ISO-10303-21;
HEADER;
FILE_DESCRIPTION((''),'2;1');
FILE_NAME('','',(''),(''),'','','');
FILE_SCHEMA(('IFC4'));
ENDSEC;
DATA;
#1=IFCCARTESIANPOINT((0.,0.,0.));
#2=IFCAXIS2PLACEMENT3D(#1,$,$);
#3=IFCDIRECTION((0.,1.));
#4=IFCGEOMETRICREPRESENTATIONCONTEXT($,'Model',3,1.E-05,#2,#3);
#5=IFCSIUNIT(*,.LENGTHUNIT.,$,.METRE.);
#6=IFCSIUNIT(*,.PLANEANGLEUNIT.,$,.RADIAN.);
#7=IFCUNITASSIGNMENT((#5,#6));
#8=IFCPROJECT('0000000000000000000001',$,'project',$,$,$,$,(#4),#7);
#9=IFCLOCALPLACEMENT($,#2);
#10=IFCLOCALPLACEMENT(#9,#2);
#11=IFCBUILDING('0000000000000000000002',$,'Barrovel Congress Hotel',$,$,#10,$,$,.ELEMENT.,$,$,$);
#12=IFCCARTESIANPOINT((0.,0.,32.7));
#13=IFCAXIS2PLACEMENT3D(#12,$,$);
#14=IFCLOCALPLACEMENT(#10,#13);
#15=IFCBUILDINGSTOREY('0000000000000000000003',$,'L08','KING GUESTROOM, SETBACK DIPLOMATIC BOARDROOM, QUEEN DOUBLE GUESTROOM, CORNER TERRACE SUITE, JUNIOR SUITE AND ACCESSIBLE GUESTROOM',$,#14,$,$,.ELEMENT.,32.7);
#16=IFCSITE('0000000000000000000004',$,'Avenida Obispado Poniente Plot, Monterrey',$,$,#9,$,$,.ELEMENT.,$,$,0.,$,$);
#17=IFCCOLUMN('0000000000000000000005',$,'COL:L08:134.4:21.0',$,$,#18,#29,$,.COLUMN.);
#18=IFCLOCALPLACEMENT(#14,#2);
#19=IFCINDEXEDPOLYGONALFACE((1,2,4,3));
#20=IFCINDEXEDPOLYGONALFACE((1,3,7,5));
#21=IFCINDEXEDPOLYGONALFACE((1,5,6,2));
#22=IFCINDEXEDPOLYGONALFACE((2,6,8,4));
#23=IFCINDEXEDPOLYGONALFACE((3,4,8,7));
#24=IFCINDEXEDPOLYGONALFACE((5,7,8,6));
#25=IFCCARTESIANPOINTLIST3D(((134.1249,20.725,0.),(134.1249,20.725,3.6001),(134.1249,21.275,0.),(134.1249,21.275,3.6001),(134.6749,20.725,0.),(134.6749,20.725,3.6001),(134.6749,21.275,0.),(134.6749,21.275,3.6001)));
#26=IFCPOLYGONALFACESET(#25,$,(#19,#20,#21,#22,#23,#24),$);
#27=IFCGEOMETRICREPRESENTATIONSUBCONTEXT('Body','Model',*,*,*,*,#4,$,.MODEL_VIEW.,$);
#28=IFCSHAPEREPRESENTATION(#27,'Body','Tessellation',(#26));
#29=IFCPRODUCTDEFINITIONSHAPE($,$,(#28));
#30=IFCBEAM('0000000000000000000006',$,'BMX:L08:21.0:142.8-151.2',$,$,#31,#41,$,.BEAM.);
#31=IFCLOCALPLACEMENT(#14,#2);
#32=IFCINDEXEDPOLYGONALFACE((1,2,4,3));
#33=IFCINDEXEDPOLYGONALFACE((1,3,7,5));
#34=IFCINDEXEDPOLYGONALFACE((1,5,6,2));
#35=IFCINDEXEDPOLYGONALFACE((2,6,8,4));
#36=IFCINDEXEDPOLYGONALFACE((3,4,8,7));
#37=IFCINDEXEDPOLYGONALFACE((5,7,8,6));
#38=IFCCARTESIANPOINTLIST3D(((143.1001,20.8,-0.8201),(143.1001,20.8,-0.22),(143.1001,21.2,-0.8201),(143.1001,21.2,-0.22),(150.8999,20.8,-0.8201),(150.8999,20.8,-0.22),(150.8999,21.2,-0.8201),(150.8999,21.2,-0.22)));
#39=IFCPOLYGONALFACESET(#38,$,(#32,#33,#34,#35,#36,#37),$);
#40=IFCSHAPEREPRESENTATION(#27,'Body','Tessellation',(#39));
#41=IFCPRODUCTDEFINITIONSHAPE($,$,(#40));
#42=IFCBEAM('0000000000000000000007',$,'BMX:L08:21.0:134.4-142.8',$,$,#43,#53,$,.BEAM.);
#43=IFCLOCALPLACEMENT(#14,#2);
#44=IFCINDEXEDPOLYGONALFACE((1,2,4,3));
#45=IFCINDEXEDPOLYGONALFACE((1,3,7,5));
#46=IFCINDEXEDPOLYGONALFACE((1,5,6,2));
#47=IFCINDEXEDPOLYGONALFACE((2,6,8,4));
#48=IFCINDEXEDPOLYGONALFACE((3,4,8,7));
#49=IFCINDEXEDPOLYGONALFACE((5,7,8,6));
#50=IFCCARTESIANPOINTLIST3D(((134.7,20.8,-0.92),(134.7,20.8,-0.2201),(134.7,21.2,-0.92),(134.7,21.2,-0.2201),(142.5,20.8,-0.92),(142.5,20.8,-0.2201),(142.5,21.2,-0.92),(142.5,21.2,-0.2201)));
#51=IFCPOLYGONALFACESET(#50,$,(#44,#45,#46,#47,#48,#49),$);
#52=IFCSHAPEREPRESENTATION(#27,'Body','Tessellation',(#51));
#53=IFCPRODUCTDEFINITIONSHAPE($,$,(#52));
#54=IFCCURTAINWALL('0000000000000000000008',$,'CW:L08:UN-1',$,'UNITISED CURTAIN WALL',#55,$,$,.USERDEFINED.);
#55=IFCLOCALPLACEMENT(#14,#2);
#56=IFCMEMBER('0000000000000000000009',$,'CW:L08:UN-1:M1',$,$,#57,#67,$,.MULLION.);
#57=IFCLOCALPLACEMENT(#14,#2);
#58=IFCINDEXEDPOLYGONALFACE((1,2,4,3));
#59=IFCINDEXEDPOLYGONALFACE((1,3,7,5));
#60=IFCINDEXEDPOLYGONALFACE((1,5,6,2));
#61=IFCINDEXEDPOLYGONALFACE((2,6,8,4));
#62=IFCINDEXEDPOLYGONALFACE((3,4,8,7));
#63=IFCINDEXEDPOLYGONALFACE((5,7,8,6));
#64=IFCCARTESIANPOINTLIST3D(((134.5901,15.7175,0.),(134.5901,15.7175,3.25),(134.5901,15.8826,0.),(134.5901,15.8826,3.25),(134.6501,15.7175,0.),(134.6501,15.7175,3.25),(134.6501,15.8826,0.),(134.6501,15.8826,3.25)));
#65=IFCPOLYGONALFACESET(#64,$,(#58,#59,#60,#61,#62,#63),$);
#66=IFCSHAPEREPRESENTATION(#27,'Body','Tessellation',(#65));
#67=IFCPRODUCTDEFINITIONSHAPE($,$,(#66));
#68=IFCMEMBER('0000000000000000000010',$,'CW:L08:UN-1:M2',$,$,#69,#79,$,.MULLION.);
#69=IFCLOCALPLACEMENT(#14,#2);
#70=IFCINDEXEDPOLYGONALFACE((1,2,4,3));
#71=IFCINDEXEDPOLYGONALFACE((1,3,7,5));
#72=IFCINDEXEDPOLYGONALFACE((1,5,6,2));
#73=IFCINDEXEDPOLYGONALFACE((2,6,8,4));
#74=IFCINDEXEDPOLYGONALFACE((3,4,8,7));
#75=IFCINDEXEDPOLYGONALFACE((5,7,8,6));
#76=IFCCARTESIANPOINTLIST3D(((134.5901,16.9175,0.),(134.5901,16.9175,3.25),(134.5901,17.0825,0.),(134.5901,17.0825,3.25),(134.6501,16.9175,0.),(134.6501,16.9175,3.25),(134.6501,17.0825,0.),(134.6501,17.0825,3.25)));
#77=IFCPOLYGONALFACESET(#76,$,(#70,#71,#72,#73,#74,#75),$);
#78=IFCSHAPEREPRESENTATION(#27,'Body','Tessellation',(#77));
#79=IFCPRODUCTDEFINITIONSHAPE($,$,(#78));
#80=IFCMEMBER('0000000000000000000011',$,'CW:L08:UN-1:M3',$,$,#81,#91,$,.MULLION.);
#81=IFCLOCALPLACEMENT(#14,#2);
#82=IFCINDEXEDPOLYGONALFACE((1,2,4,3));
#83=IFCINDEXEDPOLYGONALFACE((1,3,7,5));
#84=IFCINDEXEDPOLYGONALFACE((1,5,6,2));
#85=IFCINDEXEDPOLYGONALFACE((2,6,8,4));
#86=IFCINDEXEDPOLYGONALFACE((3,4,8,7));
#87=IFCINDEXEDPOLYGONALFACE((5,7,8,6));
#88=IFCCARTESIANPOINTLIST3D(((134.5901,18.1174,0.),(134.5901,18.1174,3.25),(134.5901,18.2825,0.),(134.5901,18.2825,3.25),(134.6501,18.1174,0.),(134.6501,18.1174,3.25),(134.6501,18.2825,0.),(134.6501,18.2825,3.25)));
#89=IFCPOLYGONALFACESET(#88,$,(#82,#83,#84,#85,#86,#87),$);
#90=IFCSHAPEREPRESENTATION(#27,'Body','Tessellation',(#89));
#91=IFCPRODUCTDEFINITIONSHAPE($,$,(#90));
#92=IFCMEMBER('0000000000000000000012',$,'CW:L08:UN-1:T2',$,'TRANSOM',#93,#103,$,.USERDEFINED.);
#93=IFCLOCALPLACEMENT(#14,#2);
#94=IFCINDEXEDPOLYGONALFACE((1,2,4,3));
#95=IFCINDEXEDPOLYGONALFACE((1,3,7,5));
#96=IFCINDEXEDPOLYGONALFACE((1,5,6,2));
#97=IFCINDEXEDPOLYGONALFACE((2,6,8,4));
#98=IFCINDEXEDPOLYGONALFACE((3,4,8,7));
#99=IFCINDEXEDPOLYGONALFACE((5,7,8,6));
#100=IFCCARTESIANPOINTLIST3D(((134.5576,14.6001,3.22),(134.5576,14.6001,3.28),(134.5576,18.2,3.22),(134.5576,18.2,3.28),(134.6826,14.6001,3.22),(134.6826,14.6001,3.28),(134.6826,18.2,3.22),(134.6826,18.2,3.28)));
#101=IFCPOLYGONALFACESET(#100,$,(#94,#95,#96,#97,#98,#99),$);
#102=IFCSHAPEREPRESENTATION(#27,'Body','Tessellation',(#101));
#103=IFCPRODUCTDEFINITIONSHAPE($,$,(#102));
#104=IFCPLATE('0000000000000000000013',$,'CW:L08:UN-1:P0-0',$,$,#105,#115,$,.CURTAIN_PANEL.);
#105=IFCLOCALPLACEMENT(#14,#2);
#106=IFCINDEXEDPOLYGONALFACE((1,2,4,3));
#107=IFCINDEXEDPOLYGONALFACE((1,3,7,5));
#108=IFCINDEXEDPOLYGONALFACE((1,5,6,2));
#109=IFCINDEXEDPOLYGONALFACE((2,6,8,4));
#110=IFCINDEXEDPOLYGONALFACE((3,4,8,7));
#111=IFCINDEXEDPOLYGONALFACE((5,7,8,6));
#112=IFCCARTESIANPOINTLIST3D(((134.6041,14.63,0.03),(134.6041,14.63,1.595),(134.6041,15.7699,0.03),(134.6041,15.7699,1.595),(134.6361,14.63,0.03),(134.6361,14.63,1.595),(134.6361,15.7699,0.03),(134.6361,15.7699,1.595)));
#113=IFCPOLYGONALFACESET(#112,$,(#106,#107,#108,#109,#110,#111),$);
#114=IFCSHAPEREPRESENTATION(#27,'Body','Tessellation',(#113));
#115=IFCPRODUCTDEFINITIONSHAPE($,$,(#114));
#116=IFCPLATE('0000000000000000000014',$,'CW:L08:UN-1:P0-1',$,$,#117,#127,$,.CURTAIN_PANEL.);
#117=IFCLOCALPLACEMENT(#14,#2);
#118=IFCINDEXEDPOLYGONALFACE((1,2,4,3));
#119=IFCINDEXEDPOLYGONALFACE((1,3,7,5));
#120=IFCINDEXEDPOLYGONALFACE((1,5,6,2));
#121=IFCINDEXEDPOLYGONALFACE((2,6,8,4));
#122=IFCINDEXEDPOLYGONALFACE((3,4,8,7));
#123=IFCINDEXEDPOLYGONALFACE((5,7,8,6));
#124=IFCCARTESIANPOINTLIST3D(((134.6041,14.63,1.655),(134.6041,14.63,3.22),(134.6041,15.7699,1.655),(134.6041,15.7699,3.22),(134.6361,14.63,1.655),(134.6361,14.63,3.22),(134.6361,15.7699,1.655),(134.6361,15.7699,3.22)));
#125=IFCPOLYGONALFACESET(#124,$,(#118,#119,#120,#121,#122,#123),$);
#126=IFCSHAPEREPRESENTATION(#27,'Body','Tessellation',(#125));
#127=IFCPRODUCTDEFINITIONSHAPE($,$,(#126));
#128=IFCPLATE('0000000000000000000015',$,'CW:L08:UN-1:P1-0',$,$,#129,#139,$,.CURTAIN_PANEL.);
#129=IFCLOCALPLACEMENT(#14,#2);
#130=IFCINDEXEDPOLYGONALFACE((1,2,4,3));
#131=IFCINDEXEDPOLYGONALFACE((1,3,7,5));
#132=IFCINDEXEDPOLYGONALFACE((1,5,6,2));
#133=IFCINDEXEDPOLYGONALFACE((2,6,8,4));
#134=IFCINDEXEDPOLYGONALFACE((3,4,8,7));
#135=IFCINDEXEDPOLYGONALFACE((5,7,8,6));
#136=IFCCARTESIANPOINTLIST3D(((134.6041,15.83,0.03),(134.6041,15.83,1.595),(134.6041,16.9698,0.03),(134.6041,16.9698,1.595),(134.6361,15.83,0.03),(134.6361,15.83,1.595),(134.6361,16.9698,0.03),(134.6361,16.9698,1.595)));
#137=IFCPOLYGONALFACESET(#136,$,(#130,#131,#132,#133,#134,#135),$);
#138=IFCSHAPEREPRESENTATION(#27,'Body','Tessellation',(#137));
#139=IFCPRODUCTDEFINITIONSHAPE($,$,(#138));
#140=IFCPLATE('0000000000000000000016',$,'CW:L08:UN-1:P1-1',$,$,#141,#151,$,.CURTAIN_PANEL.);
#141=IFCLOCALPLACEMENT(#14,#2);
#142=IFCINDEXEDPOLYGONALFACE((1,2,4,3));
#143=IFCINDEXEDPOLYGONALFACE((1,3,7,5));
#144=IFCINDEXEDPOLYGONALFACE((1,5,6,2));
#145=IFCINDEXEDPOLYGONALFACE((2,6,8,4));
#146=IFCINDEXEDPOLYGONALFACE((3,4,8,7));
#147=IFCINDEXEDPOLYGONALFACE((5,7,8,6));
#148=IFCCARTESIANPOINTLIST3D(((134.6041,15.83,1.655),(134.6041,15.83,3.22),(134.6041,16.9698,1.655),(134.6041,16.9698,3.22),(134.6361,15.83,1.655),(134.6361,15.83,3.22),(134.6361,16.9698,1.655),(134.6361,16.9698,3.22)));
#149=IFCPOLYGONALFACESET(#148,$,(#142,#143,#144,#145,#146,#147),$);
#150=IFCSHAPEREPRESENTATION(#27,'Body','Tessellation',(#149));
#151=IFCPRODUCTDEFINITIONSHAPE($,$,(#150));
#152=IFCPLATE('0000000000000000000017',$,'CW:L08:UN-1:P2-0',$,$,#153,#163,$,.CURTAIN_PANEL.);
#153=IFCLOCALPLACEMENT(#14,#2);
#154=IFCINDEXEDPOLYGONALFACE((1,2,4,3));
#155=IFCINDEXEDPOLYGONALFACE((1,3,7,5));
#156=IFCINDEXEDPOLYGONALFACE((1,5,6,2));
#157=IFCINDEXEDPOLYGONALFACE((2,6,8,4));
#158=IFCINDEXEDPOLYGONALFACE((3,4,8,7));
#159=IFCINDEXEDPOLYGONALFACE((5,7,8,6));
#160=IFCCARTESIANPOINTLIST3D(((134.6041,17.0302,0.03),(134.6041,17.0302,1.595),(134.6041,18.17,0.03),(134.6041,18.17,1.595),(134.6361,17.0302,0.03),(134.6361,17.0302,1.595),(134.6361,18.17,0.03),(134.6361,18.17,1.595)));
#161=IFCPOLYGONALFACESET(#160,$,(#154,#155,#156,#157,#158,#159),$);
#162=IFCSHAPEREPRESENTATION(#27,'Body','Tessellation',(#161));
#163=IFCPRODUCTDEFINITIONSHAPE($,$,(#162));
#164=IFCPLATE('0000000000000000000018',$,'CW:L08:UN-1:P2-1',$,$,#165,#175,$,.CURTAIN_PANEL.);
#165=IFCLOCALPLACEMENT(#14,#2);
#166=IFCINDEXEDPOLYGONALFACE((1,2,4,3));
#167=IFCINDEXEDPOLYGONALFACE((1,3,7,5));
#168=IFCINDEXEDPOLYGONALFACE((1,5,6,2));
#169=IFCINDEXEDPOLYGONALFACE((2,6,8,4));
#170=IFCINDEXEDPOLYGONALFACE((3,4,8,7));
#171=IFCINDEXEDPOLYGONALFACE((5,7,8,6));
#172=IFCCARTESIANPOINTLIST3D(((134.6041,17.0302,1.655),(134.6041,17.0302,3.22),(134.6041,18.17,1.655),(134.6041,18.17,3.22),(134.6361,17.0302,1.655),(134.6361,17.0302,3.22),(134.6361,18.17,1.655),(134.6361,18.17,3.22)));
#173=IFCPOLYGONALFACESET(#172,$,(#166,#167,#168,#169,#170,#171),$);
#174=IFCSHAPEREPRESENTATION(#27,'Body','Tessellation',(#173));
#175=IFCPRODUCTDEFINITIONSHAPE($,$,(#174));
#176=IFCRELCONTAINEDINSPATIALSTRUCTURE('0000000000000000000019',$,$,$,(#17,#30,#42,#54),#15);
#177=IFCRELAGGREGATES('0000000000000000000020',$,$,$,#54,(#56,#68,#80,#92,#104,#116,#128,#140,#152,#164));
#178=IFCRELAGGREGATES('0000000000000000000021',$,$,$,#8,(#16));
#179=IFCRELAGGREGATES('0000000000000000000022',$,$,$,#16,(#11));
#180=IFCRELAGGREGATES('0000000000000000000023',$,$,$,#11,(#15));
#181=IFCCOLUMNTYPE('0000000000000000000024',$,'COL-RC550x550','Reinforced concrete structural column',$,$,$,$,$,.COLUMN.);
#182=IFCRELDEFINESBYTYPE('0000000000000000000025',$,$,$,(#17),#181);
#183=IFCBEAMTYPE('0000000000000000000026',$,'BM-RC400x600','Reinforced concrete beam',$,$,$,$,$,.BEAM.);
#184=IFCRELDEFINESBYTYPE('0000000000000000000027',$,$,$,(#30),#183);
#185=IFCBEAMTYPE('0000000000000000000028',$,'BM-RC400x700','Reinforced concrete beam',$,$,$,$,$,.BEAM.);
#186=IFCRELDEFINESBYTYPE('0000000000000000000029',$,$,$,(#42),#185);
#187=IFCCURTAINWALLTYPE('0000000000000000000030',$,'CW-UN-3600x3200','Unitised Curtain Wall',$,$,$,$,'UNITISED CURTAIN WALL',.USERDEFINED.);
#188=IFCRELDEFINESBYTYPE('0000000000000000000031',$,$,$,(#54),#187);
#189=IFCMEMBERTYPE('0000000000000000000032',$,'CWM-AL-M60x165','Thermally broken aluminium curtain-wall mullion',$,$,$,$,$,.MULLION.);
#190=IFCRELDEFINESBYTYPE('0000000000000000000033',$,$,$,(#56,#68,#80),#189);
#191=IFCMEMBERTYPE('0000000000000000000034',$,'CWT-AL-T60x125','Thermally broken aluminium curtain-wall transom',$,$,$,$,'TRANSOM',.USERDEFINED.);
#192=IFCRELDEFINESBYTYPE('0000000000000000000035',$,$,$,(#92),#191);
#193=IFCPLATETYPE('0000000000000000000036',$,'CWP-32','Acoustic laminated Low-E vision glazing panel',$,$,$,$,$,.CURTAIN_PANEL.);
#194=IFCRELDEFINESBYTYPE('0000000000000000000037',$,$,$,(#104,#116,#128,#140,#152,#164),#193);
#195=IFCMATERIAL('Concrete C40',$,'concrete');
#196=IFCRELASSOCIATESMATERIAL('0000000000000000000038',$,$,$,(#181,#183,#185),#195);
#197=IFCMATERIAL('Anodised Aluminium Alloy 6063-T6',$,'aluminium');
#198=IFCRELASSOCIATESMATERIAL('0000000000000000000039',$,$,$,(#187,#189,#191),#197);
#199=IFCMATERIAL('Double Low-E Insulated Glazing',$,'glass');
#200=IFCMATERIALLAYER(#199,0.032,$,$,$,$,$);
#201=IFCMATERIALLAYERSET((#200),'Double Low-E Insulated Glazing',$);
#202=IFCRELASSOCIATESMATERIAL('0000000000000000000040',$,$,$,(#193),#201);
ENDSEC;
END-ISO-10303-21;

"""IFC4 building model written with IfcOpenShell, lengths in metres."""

from ifc_helpers import new_model, si_unit, direction, frame, origin, origin_2d, place, context, subcontext, project, spatial, rectangle, extrude, material, layer, layer_set, material_profile, profile_set, type_object, element, aggregate, save


model = new_model("IFC4")

# Units and contexts
model_context = context("Model", 3, precision=1e-05, world=origin(), true_north=direction((0.0, 1.0)))
body_context = subcontext(model_context, "Body", "Model", "MODEL_VIEW")
ifc_project = project(units=[si_unit("LENGTHUNIT", "METRE"), si_unit("PLANEANGLEUNIT", "RADIAN")], contexts=[model_context])

# Site, building, storey
site_placement = place(None, origin())
site = spatial("IfcSite", under=ifc_project, at=site_placement, Name="Avenida Obispado Poniente Plot, Monterrey", CompositionType="ELEMENT", RefElevation=0.0)
building_placement = place(site_placement, origin())
building = spatial("IfcBuilding", under=site, at=building_placement, Name="Barrovel Congress Hotel", CompositionType="ELEMENT")
storey_placement = place(building_placement, frame((0.0, 0.0, 32.7)))
storey = spatial("IfcBuildingStorey", under=building, at=storey_placement, Name="L08", Description="KING GUESTROOM, SETBACK DIPLOMATIC BOARDROOM, QUEEN DOUBLE GUESTROOM, CORNER TERRACE SUITE, JUNIOR SUITE AND ACCESSIBLE GUESTROOM", CompositionType="ELEMENT", Elevation=32.7)

# Column
ifc_material_1 = material(Name="Concrete C40", Category="concrete")
ifc_material_profile_1 = material_profile(ifc_material_1, rectangle(XDim=0.55, YDim=0.55, at=origin_2d()), Name="RC550x550")
ifc_profile_set_1 = profile_set([ifc_material_profile_1], Name="Concrete C40")
column_type = type_object("IfcColumnType", Name="COL-RC550x550", Description="Reinforced concrete structural column", PredefinedType="COLUMN", material=ifc_profile_set_1)
column_placement = place(storey_placement, frame((134.3999, 21.0, 0.0), z_axis=(0.0, 0.0, 1.0), x_axis=(1.0, 0.0, 0.0)))
element("IfcColumn", 1, at=column_placement, inside=storey, type_object=column_type, Name="COL:L08:134.4:21.0", PredefinedType="COLUMN", context=body_context, shape_type="SweptSolid", body=[
    extrude(rectangle(XDim=0.55, YDim=0.55, at=origin_2d()), origin(), (0.0, 0.0, 1.0), 3.6001),
])

# Beams
ifc_material_profile_2 = material_profile(ifc_material_1, rectangle(XDim=0.3999, YDim=0.6001, at=origin_2d()), Name="RC400x600")
ifc_profile_set_2 = profile_set([ifc_material_profile_2], Name="Concrete C40")
beam_type_1 = type_object("IfcBeamType", Name="BM-RC400x600", Description="Reinforced concrete beam", PredefinedType="BEAM", material=ifc_profile_set_2)
beam_1_placement = place(storey_placement, frame((143.1001, 21.0, -0.52), z_axis=(1.0, 0.0, 0.0), x_axis=(0.0, 1.0, 0.0)))
element("IfcBeam", 2, at=beam_1_placement, inside=storey, type_object=beam_type_1, Name="BMX:L08:21.0:142.8-151.2", PredefinedType="BEAM", context=body_context, shape_type="SweptSolid", body=[
    extrude(rectangle(XDim=0.3999, YDim=0.6001, at=origin_2d()), origin(), (0.0, 0.0, 1.0), 7.7998),
])
ifc_material_profile_3 = material_profile(ifc_material_1, rectangle(XDim=0.3999, YDim=0.7, at=origin_2d()), Name="RC400x700")
ifc_profile_set_3 = profile_set([ifc_material_profile_3], Name="Concrete C40")
beam_type_2 = type_object("IfcBeamType", Name="BM-RC400x700", Description="Reinforced concrete beam", PredefinedType="BEAM", material=ifc_profile_set_3)
beam_2_placement = place(storey_placement, frame((134.7, 21.0, -0.5701), z_axis=(1.0, 0.0, 0.0), x_axis=(0.0, 1.0, 0.0)))
element("IfcBeam", 3, at=beam_2_placement, inside=storey, type_object=beam_type_2, Name="BMX:L08:21.0:134.4-142.8", PredefinedType="BEAM", context=body_context, shape_type="SweptSolid", body=[
    extrude(rectangle(XDim=0.3999, YDim=0.7, at=origin_2d()), origin(), (0.0, 0.0, 1.0), 7.8),
])

# Curtain wall, members, plates
ifc_material_2 = material(Name="Anodised Aluminium Alloy 6063-T6", Category="aluminium")
curtain_wall_type = type_object("IfcCurtainWallType", Name="CW-UN-3600x3200", Description="Unitised Curtain Wall", ElementType="UNITISED CURTAIN WALL", PredefinedType="USERDEFINED", material=ifc_material_2)
curtain_wall_placement = place(storey_placement, origin())
curtain_wall = element("IfcCurtainWall", 4, at=curtain_wall_placement, inside=storey, type_object=curtain_wall_type, Name="CW:L08:UN-1", ObjectType="UNITISED CURTAIN WALL", PredefinedType="USERDEFINED")
ifc_material_profile_4 = material_profile(ifc_material_2, rectangle(XDim=0.0601, YDim=0.165, at=origin_2d()), Name="AL-M60x165")
ifc_profile_set_4 = profile_set([ifc_material_profile_4], Name="Anodised Aluminium Alloy 6063-T6")
member_type_1 = type_object("IfcMemberType", Name="CWM-AL-M60x165", Description="Thermally broken aluminium curtain-wall mullion", PredefinedType="MULLION", material=ifc_profile_set_4)
member_1_placement = place(storey_placement, frame((134.6201, 15.8, 0.0), z_axis=(0.0, 0.0, 1.0), x_axis=(1.0, 0.0, 0.0)))
member_1 = element("IfcMember", 5, at=member_1_placement, type_object=member_type_1, Name="CW:L08:UN-1:M1", PredefinedType="MULLION", context=body_context, shape_type="SweptSolid", body=[
    extrude(rectangle(XDim=0.0601, YDim=0.165, at=origin_2d()), origin(), (0.0, 0.0, 1.0), 3.25),
])
member_2_placement = place(storey_placement, frame((134.6201, 17.0, 0.0), z_axis=(0.0, 0.0, 1.0), x_axis=(1.0, 0.0, 0.0)))
member_2 = element("IfcMember", 6, at=member_2_placement, type_object=member_type_1, Name="CW:L08:UN-1:M2", PredefinedType="MULLION", context=body_context, shape_type="SweptSolid", body=[
    extrude(rectangle(XDim=0.0601, YDim=0.165, at=origin_2d()), origin(), (0.0, 0.0, 1.0), 3.25),
])
member_3_placement = place(storey_placement, frame((134.6201, 18.2, 0.0), z_axis=(0.0, 0.0, 1.0), x_axis=(1.0, 0.0, 0.0)))
member_3 = element("IfcMember", 7, at=member_3_placement, type_object=member_type_1, Name="CW:L08:UN-1:M3", PredefinedType="MULLION", context=body_context, shape_type="SweptSolid", body=[
    extrude(rectangle(XDim=0.0601, YDim=0.165, at=origin_2d()), origin(), (0.0, 0.0, 1.0), 3.25),
])
ifc_material_profile_5 = material_profile(ifc_material_2, rectangle(XDim=0.125, YDim=0.0601, at=origin_2d()), Name="AL-T60x125")
ifc_profile_set_5 = profile_set([ifc_material_profile_5], Name="Anodised Aluminium Alloy 6063-T6")
member_type_2 = type_object("IfcMemberType", Name="CWT-AL-T60x125", Description="Thermally broken aluminium curtain-wall transom", ElementType="TRANSOM", PredefinedType="USERDEFINED", material=ifc_profile_set_5)
member_4_placement = place(storey_placement, frame((134.6201, 14.6001, 3.25), z_axis=(0.0, 1.0, 0.0), x_axis=(-1.0, 0.0, 0.0)))
member_4 = element("IfcMember", 8, at=member_4_placement, type_object=member_type_2, Name="CW:L08:UN-1:T2", ObjectType="TRANSOM", PredefinedType="USERDEFINED", context=body_context, shape_type="SweptSolid", body=[
    extrude(rectangle(XDim=0.125, YDim=0.0601, at=origin_2d()), origin(), (0.0, 0.0, 1.0), 3.5999),
])
ifc_material_3 = material(Name="Double Low-E Insulated Glazing", Category="glass")
ifc_layer_1 = layer(ifc_material_3, 0.032)
ifc_layer_set_1 = layer_set([ifc_layer_1], Name="Double Low-E Insulated Glazing")
plate_type = type_object("IfcPlateType", Name="CWP-32", Description="Acoustic laminated Low-E vision glazing panel", PredefinedType="CURTAIN_PANEL", material=ifc_layer_set_1)
plate_1_placement = place(storey_placement, frame((134.6201, 15.2, 0.03), z_axis=(0.0, 0.0, 1.0), x_axis=(0.0, 1.0, 0.0)))
plate_1 = element("IfcPlate", 9, at=plate_1_placement, type_object=plate_type, Name="CW:L08:UN-1:P0-0", PredefinedType="CURTAIN_PANEL", context=body_context, shape_type="SweptSolid", body=[
    extrude(rectangle(XDim=1.1399, YDim=0.032, at=origin_2d()), origin(), (0.0, 0.0, 1.0), 1.5649),
])
plate_2_placement = place(storey_placement, frame((134.6201, 15.2, 1.655), z_axis=(0.0, 0.0, 1.0), x_axis=(0.0, 1.0, 0.0)))
plate_2 = element("IfcPlate", 10, at=plate_2_placement, type_object=plate_type, Name="CW:L08:UN-1:P0-1", PredefinedType="CURTAIN_PANEL", context=body_context, shape_type="SweptSolid", body=[
    extrude(rectangle(XDim=1.1399, YDim=0.032, at=origin_2d()), origin(), (0.0, 0.0, 1.0), 1.5649),
])
plate_3_placement = place(storey_placement, frame((134.6201, 16.3999, 0.03), z_axis=(0.0, 0.0, 1.0), x_axis=(0.0, 1.0, 0.0)))
plate_3 = element("IfcPlate", 11, at=plate_3_placement, type_object=plate_type, Name="CW:L08:UN-1:P1-0", PredefinedType="CURTAIN_PANEL", context=body_context, shape_type="SweptSolid", body=[
    extrude(rectangle(XDim=1.1399, YDim=0.032, at=origin_2d()), origin(), (0.0, 0.0, 1.0), 1.5649),
])
plate_4_placement = place(storey_placement, frame((134.6201, 16.3999, 1.655), z_axis=(0.0, 0.0, 1.0), x_axis=(0.0, 1.0, 0.0)))
plate_4 = element("IfcPlate", 12, at=plate_4_placement, type_object=plate_type, Name="CW:L08:UN-1:P1-1", PredefinedType="CURTAIN_PANEL", context=body_context, shape_type="SweptSolid", body=[
    extrude(rectangle(XDim=1.1399, YDim=0.032, at=origin_2d()), origin(), (0.0, 0.0, 1.0), 1.5649),
])
plate_5_placement = place(storey_placement, frame((134.6201, 17.6001, 0.03), z_axis=(0.0, 0.0, 1.0), x_axis=(0.0, 1.0, 0.0)))
plate_5 = element("IfcPlate", 13, at=plate_5_placement, type_object=plate_type, Name="CW:L08:UN-1:P2-0", PredefinedType="CURTAIN_PANEL", context=body_context, shape_type="SweptSolid", body=[
    extrude(rectangle(XDim=1.1399, YDim=0.032, at=origin_2d()), origin(), (0.0, 0.0, 1.0), 1.5649),
])
plate_6_placement = place(storey_placement, frame((134.6201, 17.6001, 1.655), z_axis=(0.0, 0.0, 1.0), x_axis=(0.0, 1.0, 0.0)))
plate_6 = element("IfcPlate", 14, at=plate_6_placement, type_object=plate_type, Name="CW:L08:UN-1:P2-1", PredefinedType="CURTAIN_PANEL", context=body_context, shape_type="SweptSolid", body=[
    extrude(rectangle(XDim=1.1399, YDim=0.032, at=origin_2d()), origin(), (0.0, 0.0, 1.0), 1.5649),
])
aggregate(curtain_wall, [member_1, member_2, member_3, member_4, plate_1, plate_2, plate_3, plate_4, plate_5, plate_6])

save(model, "model.ifc")
